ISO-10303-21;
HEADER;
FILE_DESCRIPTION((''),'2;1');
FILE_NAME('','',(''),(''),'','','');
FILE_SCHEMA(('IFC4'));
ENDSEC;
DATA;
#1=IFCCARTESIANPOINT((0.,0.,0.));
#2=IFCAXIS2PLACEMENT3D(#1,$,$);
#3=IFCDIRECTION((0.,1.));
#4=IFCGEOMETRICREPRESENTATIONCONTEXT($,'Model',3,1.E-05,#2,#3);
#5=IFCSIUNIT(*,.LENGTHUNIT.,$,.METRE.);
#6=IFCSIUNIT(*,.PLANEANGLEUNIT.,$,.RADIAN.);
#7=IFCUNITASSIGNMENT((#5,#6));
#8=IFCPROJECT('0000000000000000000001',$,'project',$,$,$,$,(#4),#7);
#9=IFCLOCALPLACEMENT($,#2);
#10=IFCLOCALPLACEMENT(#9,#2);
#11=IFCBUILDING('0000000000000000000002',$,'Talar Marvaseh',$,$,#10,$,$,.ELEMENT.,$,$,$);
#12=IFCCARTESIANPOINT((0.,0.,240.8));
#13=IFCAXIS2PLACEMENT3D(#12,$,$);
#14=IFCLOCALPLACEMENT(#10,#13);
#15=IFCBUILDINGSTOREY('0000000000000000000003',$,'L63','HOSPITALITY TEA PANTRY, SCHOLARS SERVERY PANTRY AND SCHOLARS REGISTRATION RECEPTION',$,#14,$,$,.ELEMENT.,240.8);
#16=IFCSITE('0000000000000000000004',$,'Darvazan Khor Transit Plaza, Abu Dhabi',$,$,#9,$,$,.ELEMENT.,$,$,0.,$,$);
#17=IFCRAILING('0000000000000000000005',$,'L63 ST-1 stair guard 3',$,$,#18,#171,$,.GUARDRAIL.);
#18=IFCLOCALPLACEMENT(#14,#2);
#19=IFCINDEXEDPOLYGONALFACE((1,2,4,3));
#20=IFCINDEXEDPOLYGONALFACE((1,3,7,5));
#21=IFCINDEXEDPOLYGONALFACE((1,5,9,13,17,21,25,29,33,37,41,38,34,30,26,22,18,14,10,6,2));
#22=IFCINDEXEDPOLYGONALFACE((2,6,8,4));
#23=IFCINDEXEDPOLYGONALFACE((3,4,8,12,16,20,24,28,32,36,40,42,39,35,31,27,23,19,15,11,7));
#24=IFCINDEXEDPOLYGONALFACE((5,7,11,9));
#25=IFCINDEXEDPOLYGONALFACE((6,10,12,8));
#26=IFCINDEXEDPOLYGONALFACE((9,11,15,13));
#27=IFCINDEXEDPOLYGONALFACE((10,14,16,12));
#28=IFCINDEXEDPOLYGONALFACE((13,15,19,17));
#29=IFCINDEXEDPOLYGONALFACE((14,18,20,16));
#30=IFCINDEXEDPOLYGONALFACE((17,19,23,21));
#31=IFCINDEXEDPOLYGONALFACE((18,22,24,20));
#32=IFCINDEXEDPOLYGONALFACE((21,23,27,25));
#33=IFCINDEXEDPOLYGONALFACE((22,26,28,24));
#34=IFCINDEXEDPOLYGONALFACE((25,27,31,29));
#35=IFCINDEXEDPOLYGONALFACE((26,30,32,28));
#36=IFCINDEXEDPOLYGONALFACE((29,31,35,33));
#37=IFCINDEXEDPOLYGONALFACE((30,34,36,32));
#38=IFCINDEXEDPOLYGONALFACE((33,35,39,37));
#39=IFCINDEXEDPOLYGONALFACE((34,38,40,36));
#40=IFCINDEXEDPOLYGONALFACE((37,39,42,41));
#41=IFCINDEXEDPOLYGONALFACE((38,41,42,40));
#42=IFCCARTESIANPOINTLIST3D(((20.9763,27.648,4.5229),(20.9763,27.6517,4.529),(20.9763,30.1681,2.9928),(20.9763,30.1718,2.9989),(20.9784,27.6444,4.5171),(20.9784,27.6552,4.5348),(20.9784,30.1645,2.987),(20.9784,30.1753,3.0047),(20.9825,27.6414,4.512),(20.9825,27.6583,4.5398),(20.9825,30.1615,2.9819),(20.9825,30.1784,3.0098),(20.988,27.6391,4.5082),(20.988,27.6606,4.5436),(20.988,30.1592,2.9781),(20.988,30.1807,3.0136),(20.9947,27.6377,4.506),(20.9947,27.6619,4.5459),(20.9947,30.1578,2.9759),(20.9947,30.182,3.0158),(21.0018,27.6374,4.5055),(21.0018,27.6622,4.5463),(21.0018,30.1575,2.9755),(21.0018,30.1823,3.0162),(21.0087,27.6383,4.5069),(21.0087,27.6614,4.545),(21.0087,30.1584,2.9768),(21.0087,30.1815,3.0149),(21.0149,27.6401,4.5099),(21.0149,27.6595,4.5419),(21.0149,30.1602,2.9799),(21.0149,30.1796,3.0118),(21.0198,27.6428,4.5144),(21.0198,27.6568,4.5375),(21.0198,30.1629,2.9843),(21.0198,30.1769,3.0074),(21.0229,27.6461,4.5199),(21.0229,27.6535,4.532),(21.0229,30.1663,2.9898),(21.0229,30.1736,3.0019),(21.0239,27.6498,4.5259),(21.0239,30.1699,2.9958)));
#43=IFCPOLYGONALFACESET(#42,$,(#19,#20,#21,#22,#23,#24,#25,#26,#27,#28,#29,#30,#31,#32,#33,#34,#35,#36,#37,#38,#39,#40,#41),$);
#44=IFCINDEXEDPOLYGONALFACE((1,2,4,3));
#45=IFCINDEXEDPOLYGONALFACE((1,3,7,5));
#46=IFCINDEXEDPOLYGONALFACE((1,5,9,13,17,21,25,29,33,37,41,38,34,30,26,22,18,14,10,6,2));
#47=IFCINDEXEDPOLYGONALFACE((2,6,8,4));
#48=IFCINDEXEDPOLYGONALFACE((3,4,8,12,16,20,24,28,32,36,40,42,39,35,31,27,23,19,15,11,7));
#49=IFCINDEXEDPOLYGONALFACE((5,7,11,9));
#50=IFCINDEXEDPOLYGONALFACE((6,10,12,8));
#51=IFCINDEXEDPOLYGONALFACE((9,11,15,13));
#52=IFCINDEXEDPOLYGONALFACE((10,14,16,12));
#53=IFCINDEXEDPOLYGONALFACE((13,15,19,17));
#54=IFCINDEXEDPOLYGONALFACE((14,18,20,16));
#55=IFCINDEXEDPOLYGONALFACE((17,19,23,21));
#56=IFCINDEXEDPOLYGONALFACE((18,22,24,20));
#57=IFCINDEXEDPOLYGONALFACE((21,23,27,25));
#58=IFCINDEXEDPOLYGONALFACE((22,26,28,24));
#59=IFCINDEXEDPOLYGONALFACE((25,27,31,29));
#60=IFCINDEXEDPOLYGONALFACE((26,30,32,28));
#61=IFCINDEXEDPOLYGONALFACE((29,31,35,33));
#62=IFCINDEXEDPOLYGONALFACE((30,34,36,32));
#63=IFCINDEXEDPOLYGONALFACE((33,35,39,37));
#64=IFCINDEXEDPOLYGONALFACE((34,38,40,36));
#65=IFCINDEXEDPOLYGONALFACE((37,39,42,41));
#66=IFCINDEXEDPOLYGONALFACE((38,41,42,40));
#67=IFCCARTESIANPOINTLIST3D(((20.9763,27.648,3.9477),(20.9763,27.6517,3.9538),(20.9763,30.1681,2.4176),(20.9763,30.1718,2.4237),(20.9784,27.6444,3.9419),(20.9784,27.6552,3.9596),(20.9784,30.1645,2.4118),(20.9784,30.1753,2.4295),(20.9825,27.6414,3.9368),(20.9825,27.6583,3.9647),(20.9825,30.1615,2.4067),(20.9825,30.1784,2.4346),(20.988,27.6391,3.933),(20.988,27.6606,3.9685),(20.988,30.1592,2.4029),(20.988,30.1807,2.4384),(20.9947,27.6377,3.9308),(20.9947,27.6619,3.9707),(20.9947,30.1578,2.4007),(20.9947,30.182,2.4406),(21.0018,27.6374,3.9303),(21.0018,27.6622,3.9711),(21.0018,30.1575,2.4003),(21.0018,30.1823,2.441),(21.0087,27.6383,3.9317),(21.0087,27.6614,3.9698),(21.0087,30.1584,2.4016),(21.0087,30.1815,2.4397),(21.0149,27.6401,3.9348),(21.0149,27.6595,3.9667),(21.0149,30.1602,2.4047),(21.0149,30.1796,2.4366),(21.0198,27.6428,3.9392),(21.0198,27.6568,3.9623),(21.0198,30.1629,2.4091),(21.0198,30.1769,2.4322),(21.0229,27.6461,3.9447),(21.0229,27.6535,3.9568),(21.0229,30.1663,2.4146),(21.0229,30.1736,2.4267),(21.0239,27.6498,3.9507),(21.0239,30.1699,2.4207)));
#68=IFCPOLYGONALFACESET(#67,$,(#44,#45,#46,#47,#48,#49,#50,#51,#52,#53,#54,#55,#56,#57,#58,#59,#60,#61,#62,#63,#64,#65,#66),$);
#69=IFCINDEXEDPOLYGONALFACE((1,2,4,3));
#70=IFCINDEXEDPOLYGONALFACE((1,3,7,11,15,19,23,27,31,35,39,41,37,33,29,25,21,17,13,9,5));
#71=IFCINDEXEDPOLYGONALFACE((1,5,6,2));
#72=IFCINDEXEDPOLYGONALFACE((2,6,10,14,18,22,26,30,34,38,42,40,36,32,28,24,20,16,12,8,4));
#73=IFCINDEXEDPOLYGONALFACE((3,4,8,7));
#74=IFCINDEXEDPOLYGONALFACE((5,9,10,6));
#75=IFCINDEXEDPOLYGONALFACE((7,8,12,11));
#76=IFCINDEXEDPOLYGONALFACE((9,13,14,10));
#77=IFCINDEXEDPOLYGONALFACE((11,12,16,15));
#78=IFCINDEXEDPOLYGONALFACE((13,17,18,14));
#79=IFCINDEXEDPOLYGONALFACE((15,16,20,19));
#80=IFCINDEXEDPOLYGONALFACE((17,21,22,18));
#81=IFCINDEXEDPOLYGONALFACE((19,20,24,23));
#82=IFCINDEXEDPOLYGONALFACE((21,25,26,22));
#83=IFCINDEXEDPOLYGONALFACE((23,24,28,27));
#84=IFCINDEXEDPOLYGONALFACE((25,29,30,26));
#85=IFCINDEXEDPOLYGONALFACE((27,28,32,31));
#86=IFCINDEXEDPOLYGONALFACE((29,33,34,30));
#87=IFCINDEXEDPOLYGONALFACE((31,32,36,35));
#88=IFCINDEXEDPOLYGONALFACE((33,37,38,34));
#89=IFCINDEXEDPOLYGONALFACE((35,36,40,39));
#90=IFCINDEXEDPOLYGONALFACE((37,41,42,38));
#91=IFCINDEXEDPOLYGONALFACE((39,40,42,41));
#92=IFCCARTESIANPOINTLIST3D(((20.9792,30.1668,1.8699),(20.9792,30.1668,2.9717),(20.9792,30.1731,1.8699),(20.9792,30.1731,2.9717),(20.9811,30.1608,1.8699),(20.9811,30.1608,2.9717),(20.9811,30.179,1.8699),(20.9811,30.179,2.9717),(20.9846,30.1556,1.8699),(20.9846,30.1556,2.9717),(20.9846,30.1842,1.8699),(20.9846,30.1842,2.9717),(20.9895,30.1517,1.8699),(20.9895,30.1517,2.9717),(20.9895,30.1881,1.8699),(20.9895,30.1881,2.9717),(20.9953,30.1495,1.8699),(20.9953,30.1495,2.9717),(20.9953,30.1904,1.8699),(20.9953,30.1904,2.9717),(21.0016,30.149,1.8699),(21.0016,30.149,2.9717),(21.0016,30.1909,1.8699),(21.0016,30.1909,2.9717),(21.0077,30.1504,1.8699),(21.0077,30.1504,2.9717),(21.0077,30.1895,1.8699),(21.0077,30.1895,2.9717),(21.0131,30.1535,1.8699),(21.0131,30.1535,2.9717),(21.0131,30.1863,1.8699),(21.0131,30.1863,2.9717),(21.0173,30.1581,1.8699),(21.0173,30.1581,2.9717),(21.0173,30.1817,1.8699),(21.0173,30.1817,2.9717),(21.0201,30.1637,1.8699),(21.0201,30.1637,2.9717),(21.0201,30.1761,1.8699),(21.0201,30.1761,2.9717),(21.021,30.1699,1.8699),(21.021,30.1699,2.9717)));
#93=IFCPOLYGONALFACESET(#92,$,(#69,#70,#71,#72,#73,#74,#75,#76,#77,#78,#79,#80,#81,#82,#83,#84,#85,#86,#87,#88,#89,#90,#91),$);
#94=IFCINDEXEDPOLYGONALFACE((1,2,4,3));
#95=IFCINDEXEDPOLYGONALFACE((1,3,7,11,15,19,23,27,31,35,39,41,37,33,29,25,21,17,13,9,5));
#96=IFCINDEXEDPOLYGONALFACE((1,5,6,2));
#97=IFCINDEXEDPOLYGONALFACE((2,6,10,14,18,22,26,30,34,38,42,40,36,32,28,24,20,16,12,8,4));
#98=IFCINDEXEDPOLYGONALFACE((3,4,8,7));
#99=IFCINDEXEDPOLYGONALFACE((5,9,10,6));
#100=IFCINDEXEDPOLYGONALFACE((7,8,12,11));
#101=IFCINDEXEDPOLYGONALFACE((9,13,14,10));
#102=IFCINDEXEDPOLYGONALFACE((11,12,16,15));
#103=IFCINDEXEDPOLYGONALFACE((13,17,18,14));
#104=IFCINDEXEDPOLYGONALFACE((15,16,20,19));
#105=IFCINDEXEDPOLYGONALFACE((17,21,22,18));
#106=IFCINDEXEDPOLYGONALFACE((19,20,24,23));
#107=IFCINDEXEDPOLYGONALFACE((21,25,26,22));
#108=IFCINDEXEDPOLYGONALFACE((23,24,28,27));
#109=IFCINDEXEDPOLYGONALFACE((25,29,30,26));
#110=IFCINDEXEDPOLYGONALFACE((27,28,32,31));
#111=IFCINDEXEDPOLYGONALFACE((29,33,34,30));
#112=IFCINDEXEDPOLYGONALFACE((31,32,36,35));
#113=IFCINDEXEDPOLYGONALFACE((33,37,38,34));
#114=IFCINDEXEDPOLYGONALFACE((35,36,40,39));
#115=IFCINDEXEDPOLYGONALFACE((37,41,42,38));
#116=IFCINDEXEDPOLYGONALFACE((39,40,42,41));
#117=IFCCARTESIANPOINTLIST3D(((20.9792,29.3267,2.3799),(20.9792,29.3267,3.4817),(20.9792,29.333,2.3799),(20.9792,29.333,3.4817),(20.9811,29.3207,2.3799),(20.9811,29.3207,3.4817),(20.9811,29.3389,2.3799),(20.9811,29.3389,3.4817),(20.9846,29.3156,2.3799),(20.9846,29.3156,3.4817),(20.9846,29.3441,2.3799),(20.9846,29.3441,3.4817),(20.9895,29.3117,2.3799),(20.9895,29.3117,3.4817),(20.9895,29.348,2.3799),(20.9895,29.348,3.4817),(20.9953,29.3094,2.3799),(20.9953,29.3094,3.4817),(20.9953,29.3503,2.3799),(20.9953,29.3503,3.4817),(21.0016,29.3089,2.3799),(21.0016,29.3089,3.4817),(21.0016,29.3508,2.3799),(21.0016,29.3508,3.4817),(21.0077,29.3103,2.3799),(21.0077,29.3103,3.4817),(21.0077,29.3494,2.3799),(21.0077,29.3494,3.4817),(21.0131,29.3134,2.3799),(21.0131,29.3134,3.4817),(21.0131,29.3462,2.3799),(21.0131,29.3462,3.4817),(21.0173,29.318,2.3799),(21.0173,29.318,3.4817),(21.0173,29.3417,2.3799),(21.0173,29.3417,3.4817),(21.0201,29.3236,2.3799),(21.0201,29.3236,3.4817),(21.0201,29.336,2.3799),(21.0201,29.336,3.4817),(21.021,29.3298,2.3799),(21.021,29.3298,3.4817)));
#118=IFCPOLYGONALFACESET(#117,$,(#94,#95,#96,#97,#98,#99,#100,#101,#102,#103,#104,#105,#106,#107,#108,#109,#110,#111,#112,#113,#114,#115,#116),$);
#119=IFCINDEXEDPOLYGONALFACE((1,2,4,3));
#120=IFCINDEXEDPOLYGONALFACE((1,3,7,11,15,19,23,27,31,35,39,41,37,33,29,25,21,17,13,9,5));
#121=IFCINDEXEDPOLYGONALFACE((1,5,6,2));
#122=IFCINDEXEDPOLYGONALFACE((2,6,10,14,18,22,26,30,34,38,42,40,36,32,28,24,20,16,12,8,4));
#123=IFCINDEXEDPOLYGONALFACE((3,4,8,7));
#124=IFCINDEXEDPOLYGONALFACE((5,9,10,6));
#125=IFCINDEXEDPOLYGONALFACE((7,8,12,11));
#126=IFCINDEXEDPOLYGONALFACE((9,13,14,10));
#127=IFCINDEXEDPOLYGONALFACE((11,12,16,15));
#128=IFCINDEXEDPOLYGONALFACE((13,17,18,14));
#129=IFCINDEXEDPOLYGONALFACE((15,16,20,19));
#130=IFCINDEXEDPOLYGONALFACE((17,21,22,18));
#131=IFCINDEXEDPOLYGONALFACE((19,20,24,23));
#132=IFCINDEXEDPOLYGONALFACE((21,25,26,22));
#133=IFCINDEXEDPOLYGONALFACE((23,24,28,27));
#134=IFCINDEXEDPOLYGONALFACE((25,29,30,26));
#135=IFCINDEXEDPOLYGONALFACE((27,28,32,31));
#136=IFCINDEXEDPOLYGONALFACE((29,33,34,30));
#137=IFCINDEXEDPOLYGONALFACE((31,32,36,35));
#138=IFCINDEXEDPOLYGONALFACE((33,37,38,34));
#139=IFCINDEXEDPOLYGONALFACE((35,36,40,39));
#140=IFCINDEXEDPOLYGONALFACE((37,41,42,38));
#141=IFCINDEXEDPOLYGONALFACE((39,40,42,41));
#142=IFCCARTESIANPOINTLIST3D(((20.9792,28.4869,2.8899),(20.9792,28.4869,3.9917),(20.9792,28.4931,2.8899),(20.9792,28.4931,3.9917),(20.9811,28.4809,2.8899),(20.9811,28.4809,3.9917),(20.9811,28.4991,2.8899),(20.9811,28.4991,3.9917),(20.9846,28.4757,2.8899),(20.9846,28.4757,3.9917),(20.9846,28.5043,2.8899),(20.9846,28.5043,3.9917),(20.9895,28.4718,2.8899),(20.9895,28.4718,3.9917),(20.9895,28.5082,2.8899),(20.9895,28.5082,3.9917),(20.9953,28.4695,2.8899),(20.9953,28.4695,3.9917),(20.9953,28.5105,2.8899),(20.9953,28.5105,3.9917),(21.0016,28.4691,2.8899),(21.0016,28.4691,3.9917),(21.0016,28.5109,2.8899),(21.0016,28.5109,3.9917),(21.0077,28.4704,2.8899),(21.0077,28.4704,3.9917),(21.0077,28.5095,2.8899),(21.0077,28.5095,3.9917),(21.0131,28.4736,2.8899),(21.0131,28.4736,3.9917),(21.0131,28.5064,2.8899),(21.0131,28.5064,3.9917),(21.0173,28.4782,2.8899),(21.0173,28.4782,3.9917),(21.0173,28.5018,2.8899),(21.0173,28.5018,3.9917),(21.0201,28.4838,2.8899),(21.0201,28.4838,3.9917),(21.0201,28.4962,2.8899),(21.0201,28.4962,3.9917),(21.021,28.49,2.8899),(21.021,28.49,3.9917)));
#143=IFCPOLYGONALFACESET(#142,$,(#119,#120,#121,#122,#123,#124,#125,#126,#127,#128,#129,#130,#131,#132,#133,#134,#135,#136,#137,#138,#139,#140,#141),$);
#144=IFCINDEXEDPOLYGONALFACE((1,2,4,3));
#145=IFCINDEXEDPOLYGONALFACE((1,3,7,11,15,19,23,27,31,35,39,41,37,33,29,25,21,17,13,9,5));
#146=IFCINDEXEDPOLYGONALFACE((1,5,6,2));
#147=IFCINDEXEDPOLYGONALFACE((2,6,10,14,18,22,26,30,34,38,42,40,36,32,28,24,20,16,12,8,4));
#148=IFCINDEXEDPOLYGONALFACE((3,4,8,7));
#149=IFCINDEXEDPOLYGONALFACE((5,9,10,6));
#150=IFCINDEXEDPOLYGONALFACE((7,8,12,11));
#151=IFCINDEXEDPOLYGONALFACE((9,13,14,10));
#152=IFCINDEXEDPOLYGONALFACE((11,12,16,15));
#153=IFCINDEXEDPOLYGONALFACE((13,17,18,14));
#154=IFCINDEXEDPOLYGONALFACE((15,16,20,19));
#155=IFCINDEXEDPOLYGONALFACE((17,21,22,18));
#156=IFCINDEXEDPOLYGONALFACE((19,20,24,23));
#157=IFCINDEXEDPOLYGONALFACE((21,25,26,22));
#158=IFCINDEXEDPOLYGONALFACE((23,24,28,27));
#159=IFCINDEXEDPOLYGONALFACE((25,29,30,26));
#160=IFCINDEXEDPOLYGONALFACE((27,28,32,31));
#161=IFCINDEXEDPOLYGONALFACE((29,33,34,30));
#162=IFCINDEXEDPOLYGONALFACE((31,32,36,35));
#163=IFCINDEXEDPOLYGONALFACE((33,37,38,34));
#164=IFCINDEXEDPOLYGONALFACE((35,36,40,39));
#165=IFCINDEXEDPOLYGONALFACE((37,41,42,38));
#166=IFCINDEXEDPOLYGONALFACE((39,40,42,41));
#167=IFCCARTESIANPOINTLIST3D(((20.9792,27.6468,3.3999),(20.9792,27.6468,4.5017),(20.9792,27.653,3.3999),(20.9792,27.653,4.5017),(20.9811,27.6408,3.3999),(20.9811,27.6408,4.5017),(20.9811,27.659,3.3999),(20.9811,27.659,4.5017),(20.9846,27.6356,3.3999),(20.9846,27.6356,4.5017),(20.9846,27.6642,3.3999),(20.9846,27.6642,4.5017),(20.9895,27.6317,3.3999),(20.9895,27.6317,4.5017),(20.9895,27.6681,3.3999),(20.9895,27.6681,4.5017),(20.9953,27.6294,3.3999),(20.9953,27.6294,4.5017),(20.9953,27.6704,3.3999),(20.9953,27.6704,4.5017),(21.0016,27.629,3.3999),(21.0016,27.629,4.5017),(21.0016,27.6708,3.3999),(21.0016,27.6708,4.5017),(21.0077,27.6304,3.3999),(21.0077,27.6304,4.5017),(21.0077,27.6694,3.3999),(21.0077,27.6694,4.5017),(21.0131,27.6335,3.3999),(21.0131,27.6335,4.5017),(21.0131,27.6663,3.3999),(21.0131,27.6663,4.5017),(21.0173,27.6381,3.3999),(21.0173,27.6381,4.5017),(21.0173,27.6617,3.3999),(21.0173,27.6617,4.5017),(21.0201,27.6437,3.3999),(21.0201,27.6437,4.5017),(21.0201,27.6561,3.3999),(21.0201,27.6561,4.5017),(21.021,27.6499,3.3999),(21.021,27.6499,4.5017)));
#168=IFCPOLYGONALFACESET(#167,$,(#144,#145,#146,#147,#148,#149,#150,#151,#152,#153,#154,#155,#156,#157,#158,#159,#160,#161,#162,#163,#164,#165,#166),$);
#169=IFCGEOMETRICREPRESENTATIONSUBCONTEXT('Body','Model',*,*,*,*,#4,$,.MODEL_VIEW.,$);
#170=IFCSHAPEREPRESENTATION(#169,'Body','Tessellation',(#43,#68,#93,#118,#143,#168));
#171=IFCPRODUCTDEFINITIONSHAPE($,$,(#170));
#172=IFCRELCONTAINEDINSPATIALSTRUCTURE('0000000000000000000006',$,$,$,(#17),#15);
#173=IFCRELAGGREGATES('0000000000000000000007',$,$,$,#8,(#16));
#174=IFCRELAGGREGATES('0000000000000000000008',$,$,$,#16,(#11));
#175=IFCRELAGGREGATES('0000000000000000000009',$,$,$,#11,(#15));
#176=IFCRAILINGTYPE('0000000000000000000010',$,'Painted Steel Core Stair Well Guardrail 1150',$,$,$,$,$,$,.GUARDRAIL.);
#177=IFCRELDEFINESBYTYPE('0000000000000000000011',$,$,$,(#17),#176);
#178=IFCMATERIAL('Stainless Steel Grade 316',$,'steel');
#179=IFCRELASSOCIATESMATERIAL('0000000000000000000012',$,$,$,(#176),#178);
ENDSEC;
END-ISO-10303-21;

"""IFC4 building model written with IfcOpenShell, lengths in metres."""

from ifc_helpers import new_model, si_unit, direction, frame, origin, origin_2d, place, context, subcontext, project, spatial, circle, extrude, material, type_object, element, save


model = new_model("IFC4")

# Units and contexts
model_context = context("Model", 3, precision=1e-05, world=origin(), true_north=direction((0.0, 1.0)))
body_context = subcontext(model_context, "Body", "Model", "MODEL_VIEW")
ifc_project = project(units=[si_unit("LENGTHUNIT", "METRE"), si_unit("PLANEANGLEUNIT", "RADIAN")], contexts=[model_context])

# Site, building, storey
site_placement = place(None, origin())
site = spatial("IfcSite", under=ifc_project, at=site_placement, Name="Darvazan Khor Transit Plaza, Abu Dhabi", CompositionType="ELEMENT", RefElevation=0.0)
building_placement = place(site_placement, origin())
building = spatial("IfcBuilding", under=site, at=building_placement, Name="Talar Marvaseh", CompositionType="ELEMENT")
storey_placement = place(building_placement, frame((0.0, 0.0, 240.8)))
storey = spatial("IfcBuildingStorey", under=building, at=storey_placement, Name="L63", Description="HOSPITALITY TEA PANTRY, SCHOLARS SERVERY PANTRY AND SCHOLARS REGISTRATION RECEPTION", CompositionType="ELEMENT", Elevation=240.8)

# Railing
ifc_material_1 = material(Name="Stainless Steel Grade 316", Category="steel")
railing_type_1 = type_object("IfcRailingType", Name="Painted Steel Core Stair Well Guardrail 1150", PredefinedType="GUARDRAIL", material=ifc_material_1)
railing_1_placement = place(storey_placement, frame((21.0, 30.1699, 1.8699)))
element("IfcRailing", 1, at=railing_1_placement, inside=storey, type_object=railing_type_1, Name="L63 ST-1 stair guard 3", PredefinedType="GUARDRAIL", context=body_context, shape_type="SweptSolid", body=[
    extrude(circle(Radius=0.0239, at=origin_2d()), frame((0.0, 0.0, 1.126), z_axis=(0.0, -0.854785, 0.518982), x_axis=(1.0, 0.0, 0.0)), (0.0, 0.0, 1.0), 2.9482),
    extrude(circle(Radius=0.0239, at=origin_2d()), frame((0.0, 0.0, 0.5508), z_axis=(0.0, -0.854785, 0.518982), x_axis=(1.0, 0.0, 0.0)), (0.0, 0.0, 1.0), 2.9482),
    extrude(circle(Radius=0.021, at=origin_2d()), origin(), (0.0, 0.0, 1.0), 1.1018),
    extrude(circle(Radius=0.021, at=origin_2d()), frame((0.0, -0.8401, 0.51)), (0.0, 0.0, 1.0), 1.1018),
    extrude(circle(Radius=0.021, at=origin_2d()), frame((0.0, -1.6799, 1.02)), (0.0, 0.0, 1.0), 1.1018),
    extrude(circle(Radius=0.021, at=origin_2d()), frame((0.0, -2.52, 1.53)), (0.0, 0.0, 1.0), 1.1018),
])

save(model, "model.ifc")
